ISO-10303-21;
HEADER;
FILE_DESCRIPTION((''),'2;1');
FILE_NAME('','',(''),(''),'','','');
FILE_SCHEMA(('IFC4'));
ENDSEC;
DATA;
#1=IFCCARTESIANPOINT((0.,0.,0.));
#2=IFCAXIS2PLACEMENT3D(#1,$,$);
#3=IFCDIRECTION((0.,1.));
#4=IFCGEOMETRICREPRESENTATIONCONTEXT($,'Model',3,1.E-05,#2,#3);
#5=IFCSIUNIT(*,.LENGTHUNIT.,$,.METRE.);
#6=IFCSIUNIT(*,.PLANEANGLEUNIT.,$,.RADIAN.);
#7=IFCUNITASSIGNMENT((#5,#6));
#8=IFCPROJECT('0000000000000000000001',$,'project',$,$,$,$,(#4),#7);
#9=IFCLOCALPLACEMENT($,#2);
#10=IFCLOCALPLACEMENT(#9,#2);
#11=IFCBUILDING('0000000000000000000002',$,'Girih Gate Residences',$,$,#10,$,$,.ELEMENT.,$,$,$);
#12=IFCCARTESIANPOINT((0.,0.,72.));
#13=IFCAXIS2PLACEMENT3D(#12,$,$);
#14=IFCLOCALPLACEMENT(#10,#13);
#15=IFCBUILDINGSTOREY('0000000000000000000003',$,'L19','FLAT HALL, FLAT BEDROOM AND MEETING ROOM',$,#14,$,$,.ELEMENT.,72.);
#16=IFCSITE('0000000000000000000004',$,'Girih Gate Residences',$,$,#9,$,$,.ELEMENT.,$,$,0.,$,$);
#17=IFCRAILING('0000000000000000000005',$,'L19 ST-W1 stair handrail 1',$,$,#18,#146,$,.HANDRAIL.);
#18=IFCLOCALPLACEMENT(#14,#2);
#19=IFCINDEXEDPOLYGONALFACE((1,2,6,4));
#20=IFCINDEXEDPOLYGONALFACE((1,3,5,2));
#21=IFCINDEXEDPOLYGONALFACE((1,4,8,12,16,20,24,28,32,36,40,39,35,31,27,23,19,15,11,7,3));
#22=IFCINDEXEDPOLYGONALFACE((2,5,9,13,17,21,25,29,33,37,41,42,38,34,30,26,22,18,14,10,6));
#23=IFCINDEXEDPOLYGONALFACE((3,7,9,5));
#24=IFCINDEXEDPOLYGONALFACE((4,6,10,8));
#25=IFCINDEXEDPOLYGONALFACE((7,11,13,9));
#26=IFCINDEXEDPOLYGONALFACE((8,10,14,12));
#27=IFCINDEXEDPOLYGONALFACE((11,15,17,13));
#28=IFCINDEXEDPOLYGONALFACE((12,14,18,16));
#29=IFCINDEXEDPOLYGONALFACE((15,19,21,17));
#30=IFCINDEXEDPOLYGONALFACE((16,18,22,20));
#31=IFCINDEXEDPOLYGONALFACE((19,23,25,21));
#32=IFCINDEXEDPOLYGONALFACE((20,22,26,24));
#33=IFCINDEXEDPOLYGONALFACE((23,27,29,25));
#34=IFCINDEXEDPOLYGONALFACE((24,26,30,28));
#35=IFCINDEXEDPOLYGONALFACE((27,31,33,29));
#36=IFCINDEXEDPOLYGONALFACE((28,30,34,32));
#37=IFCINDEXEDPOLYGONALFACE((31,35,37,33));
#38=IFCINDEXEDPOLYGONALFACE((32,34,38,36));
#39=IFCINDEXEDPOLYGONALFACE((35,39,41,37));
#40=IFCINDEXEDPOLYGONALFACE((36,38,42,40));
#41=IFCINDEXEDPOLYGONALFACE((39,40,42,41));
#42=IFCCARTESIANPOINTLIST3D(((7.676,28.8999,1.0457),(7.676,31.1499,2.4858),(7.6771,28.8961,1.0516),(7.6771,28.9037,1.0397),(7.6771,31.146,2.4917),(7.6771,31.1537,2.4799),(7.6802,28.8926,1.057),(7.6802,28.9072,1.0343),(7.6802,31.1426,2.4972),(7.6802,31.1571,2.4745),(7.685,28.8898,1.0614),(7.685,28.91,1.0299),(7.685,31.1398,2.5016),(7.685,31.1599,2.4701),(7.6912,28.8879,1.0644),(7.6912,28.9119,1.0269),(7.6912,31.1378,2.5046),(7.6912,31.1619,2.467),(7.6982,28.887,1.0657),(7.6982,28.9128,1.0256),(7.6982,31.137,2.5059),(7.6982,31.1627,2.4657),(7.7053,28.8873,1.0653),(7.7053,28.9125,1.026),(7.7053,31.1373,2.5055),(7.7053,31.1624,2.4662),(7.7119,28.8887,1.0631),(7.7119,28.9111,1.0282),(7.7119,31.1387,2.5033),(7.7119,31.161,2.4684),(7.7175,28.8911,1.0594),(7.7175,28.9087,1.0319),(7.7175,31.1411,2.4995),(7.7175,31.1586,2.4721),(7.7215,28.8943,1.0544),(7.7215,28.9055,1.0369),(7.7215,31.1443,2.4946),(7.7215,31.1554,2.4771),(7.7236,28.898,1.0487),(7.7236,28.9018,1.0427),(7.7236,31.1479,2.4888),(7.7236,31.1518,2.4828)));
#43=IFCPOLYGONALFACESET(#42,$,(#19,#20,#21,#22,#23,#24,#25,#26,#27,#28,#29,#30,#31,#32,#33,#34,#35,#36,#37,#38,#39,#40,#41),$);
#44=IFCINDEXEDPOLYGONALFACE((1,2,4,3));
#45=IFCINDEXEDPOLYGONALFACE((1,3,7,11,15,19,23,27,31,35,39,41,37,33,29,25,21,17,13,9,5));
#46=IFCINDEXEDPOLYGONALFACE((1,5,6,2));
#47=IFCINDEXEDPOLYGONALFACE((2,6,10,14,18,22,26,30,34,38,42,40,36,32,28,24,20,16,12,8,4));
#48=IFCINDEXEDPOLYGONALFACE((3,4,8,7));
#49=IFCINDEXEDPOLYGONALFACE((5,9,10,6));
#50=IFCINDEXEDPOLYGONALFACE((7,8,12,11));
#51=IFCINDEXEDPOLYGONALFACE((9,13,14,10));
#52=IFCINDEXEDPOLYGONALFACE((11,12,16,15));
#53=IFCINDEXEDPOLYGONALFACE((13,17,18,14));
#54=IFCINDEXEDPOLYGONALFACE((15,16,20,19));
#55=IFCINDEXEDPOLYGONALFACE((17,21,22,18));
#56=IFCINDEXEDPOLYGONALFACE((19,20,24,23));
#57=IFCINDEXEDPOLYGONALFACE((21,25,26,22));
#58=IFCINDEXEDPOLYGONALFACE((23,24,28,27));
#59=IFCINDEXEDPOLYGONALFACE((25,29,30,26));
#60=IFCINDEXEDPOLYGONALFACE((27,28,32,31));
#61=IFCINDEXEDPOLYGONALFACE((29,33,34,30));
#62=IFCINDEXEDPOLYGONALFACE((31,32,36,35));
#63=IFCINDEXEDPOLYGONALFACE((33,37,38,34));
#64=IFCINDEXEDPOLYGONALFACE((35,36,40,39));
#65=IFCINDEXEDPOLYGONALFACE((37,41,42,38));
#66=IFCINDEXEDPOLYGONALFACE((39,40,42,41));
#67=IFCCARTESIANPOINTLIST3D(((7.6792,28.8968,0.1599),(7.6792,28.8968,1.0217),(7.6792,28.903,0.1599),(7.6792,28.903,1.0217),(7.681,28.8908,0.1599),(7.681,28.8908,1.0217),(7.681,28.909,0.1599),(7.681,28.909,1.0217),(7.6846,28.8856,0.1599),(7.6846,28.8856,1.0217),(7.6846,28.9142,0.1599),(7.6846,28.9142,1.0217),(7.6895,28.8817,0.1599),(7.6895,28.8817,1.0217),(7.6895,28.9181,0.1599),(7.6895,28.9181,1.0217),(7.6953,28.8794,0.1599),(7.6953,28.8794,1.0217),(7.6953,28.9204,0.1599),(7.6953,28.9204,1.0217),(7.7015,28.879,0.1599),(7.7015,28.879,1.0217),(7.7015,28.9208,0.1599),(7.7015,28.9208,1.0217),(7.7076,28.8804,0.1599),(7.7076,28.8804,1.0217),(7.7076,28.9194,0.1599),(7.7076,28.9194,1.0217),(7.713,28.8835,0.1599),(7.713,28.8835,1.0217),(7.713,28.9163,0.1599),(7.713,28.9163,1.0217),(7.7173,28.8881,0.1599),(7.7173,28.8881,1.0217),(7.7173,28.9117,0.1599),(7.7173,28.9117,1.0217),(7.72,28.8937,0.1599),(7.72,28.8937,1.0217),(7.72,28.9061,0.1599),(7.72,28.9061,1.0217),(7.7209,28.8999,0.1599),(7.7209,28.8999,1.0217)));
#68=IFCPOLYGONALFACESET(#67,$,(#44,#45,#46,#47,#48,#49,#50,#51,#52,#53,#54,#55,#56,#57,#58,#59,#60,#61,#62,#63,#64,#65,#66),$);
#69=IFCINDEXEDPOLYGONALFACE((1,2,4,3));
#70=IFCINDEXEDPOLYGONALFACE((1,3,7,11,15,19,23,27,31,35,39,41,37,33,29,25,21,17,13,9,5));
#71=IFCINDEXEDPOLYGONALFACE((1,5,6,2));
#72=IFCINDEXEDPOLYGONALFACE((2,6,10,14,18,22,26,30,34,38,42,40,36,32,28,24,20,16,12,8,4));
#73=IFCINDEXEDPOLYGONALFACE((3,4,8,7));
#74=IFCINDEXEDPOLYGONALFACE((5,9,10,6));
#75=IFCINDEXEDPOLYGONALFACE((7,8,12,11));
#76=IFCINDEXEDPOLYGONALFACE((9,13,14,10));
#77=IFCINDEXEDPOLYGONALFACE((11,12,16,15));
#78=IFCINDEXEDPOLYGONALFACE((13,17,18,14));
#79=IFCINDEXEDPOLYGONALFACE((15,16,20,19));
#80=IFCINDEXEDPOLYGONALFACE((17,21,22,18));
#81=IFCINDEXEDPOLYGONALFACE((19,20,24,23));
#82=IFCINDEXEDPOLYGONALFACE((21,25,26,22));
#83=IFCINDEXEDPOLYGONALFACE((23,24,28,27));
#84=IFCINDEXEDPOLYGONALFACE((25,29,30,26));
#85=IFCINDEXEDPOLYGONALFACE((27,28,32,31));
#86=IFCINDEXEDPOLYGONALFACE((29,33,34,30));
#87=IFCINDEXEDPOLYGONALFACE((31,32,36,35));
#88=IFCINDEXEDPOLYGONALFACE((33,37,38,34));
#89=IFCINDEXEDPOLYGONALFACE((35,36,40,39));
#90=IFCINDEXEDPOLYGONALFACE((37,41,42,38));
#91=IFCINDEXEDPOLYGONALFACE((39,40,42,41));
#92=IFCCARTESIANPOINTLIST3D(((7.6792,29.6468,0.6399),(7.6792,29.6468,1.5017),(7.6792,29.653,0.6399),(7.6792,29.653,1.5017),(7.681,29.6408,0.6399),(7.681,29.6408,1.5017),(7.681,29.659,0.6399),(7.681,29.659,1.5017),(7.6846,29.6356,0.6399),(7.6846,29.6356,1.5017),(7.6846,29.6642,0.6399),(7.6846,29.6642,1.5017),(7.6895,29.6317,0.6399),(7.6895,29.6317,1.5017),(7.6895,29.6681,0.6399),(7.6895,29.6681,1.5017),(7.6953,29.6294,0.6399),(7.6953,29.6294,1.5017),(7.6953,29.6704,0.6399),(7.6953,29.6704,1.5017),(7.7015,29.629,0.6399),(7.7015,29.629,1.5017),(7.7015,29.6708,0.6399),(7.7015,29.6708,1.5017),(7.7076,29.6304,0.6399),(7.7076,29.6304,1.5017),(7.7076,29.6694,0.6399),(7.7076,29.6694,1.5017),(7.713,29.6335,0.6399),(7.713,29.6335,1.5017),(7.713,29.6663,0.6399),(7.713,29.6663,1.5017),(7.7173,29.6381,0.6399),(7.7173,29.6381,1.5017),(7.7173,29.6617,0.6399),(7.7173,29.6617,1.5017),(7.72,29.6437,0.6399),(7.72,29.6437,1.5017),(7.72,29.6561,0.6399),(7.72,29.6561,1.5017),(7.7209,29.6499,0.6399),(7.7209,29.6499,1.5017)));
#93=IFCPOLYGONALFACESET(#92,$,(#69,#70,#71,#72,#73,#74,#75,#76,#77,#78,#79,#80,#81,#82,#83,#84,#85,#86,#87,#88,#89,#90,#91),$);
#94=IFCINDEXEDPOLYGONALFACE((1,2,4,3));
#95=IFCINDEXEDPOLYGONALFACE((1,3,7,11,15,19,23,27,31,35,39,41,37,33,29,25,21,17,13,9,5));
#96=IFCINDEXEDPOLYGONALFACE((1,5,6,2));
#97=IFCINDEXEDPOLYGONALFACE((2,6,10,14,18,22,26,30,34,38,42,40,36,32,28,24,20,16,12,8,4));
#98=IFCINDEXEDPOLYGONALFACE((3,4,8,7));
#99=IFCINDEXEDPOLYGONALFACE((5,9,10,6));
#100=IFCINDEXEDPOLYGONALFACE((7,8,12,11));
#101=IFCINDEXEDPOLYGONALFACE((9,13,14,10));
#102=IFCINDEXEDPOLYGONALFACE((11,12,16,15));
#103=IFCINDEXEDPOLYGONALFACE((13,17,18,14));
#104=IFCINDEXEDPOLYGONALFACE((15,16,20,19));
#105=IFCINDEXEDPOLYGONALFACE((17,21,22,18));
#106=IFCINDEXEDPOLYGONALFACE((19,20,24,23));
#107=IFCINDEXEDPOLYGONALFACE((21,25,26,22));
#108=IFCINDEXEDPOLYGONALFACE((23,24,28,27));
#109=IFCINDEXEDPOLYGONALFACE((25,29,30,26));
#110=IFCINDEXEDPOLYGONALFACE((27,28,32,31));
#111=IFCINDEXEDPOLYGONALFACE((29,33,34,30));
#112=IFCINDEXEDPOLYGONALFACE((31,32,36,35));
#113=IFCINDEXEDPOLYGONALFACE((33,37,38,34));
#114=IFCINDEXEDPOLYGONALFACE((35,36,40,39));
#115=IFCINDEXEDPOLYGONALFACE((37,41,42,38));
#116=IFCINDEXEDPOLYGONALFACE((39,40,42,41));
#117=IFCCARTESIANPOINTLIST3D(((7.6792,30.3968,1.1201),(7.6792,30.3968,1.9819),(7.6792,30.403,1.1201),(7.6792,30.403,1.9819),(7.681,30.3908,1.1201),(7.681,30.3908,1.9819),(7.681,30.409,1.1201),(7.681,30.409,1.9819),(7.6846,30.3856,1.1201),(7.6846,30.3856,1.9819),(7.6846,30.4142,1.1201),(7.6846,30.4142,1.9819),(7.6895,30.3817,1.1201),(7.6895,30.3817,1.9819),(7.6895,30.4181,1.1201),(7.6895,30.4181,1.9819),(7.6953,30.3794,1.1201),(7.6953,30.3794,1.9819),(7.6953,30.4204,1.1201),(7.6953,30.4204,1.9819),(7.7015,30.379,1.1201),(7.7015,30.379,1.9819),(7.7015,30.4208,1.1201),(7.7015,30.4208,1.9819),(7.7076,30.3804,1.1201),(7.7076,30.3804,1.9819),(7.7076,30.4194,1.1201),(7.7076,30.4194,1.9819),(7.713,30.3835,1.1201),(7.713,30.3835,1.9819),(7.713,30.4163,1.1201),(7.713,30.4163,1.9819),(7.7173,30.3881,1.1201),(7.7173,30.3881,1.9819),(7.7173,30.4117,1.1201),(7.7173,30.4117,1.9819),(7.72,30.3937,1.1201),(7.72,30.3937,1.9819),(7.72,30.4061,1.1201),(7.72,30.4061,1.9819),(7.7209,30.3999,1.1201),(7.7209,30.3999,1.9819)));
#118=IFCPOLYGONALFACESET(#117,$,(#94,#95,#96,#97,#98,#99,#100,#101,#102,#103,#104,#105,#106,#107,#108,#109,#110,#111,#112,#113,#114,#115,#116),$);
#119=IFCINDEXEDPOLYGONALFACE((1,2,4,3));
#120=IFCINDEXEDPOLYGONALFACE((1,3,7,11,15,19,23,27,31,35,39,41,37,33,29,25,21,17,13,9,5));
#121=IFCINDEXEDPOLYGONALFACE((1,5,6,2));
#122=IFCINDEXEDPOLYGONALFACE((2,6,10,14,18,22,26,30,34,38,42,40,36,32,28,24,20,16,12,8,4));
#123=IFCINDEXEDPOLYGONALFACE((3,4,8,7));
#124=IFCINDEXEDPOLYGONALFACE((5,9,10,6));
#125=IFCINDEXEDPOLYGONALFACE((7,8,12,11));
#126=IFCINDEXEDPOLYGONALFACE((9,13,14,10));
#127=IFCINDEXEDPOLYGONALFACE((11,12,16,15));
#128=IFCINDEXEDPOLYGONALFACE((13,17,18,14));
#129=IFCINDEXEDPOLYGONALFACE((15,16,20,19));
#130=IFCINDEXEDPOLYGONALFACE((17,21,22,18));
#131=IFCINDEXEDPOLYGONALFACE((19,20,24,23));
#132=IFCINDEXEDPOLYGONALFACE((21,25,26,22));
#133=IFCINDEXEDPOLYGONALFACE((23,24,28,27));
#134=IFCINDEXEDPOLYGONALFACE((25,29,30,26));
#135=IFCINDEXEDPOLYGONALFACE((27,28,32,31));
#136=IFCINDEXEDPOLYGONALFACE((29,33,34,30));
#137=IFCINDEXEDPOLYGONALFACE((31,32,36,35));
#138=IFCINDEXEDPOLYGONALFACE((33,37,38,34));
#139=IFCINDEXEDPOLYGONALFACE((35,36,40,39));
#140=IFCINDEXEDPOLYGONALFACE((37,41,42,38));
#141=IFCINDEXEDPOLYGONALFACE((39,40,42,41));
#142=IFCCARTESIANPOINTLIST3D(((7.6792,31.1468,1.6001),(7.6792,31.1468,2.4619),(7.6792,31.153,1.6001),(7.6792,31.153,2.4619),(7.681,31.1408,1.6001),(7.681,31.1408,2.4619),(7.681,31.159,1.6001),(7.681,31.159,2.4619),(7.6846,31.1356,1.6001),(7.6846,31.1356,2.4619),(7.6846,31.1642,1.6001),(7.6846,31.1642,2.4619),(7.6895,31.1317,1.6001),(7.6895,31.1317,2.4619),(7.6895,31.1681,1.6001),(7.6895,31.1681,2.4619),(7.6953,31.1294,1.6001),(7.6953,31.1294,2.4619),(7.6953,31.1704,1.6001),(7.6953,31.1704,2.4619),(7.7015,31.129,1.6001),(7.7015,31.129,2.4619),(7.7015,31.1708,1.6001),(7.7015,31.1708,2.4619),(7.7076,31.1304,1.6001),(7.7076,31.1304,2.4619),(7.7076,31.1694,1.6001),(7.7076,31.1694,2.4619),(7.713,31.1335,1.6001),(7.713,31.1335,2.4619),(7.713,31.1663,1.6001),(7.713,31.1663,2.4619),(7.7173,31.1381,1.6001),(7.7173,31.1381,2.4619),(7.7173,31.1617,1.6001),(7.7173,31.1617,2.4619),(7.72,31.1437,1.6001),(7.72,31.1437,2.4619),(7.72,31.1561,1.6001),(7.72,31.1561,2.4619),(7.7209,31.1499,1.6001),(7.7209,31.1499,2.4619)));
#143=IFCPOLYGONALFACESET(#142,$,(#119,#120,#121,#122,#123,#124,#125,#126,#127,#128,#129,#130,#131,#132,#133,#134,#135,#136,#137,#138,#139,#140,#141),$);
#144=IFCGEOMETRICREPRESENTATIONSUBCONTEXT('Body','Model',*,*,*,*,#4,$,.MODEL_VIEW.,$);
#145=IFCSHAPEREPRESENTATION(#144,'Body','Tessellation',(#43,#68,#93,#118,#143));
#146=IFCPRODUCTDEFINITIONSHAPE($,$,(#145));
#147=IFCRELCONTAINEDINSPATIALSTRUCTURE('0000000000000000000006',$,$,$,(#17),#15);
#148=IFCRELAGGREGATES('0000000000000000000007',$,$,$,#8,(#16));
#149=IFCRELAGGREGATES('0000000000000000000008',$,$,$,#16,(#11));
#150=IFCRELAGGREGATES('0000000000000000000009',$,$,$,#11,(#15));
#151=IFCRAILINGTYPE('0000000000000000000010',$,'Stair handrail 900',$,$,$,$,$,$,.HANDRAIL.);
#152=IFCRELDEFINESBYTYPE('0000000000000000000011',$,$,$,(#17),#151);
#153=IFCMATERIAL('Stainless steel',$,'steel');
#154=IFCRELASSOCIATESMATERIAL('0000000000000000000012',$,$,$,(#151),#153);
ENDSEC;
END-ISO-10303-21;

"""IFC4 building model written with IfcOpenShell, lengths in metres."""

from ifc_helpers import new_model, si_unit, direction, frame, origin, origin_2d, place, context, subcontext, project, spatial, circle, extrude, material, type_object, element, save


model = new_model("IFC4")

# Units and contexts
model_context = context("Model", 3, precision=1e-05, world=origin(), true_north=direction((0.0, 1.0)))
body_context = subcontext(model_context, "Body", "Model", "MODEL_VIEW")
ifc_project = project(units=[si_unit("LENGTHUNIT", "METRE"), si_unit("PLANEANGLEUNIT", "RADIAN")], contexts=[model_context])

# Site, building, storey
site_placement = place(None, origin())
site = spatial("IfcSite", under=ifc_project, at=site_placement, Name="Girih Gate Residences", CompositionType="ELEMENT", RefElevation=0.0)
building_placement = place(site_placement, origin())
building = spatial("IfcBuilding", under=site, at=building_placement, Name="Girih Gate Residences", CompositionType="ELEMENT")
storey_placement = place(building_placement, frame((0.0, 0.0, 72.0)))
storey = spatial("IfcBuildingStorey", under=building, at=storey_placement, Name="L19", Description="FLAT HALL, FLAT BEDROOM AND MEETING ROOM", CompositionType="ELEMENT", Elevation=72.0)

# Railing
ifc_material_1 = material(Name="Stainless steel", Category="steel")
railing_type_1 = type_object("IfcRailingType", Name="Stair handrail 900", PredefinedType="HANDRAIL", material=ifc_material_1)
railing_1_placement = place(storey_placement, frame((7.7, 28.8999, 0.1599)))
element("IfcRailing", 1, at=railing_1_placement, inside=storey, type_object=railing_type_1, Name="L19 ST-W1 stair handrail 1", PredefinedType="HANDRAIL", context=body_context, shape_type="SweptSolid", body=[
    extrude(circle(Radius=0.0239, at=origin_2d()), frame((0.0, 0.0, 0.8857), z_axis=(0.0, 0.84224, 0.539103), x_axis=(-1.0, 0.0, 0.0)), (0.0, 0.0, 1.0), 2.6714),
    extrude(circle(Radius=0.021, at=origin_2d()), origin(), (0.0, 0.0, 1.0), 0.8618),
    extrude(circle(Radius=0.021, at=origin_2d()), frame((0.0, 0.75, 0.48)), (0.0, 0.0, 1.0), 0.8618),
    extrude(circle(Radius=0.021, at=origin_2d()), frame((0.0, 1.5, 0.9602)), (0.0, 0.0, 1.0), 0.8618),
    extrude(circle(Radius=0.021, at=origin_2d()), frame((0.0, 2.25, 1.4402)), (0.0, 0.0, 1.0), 0.8618),
])

save(model, "model.ifc")
